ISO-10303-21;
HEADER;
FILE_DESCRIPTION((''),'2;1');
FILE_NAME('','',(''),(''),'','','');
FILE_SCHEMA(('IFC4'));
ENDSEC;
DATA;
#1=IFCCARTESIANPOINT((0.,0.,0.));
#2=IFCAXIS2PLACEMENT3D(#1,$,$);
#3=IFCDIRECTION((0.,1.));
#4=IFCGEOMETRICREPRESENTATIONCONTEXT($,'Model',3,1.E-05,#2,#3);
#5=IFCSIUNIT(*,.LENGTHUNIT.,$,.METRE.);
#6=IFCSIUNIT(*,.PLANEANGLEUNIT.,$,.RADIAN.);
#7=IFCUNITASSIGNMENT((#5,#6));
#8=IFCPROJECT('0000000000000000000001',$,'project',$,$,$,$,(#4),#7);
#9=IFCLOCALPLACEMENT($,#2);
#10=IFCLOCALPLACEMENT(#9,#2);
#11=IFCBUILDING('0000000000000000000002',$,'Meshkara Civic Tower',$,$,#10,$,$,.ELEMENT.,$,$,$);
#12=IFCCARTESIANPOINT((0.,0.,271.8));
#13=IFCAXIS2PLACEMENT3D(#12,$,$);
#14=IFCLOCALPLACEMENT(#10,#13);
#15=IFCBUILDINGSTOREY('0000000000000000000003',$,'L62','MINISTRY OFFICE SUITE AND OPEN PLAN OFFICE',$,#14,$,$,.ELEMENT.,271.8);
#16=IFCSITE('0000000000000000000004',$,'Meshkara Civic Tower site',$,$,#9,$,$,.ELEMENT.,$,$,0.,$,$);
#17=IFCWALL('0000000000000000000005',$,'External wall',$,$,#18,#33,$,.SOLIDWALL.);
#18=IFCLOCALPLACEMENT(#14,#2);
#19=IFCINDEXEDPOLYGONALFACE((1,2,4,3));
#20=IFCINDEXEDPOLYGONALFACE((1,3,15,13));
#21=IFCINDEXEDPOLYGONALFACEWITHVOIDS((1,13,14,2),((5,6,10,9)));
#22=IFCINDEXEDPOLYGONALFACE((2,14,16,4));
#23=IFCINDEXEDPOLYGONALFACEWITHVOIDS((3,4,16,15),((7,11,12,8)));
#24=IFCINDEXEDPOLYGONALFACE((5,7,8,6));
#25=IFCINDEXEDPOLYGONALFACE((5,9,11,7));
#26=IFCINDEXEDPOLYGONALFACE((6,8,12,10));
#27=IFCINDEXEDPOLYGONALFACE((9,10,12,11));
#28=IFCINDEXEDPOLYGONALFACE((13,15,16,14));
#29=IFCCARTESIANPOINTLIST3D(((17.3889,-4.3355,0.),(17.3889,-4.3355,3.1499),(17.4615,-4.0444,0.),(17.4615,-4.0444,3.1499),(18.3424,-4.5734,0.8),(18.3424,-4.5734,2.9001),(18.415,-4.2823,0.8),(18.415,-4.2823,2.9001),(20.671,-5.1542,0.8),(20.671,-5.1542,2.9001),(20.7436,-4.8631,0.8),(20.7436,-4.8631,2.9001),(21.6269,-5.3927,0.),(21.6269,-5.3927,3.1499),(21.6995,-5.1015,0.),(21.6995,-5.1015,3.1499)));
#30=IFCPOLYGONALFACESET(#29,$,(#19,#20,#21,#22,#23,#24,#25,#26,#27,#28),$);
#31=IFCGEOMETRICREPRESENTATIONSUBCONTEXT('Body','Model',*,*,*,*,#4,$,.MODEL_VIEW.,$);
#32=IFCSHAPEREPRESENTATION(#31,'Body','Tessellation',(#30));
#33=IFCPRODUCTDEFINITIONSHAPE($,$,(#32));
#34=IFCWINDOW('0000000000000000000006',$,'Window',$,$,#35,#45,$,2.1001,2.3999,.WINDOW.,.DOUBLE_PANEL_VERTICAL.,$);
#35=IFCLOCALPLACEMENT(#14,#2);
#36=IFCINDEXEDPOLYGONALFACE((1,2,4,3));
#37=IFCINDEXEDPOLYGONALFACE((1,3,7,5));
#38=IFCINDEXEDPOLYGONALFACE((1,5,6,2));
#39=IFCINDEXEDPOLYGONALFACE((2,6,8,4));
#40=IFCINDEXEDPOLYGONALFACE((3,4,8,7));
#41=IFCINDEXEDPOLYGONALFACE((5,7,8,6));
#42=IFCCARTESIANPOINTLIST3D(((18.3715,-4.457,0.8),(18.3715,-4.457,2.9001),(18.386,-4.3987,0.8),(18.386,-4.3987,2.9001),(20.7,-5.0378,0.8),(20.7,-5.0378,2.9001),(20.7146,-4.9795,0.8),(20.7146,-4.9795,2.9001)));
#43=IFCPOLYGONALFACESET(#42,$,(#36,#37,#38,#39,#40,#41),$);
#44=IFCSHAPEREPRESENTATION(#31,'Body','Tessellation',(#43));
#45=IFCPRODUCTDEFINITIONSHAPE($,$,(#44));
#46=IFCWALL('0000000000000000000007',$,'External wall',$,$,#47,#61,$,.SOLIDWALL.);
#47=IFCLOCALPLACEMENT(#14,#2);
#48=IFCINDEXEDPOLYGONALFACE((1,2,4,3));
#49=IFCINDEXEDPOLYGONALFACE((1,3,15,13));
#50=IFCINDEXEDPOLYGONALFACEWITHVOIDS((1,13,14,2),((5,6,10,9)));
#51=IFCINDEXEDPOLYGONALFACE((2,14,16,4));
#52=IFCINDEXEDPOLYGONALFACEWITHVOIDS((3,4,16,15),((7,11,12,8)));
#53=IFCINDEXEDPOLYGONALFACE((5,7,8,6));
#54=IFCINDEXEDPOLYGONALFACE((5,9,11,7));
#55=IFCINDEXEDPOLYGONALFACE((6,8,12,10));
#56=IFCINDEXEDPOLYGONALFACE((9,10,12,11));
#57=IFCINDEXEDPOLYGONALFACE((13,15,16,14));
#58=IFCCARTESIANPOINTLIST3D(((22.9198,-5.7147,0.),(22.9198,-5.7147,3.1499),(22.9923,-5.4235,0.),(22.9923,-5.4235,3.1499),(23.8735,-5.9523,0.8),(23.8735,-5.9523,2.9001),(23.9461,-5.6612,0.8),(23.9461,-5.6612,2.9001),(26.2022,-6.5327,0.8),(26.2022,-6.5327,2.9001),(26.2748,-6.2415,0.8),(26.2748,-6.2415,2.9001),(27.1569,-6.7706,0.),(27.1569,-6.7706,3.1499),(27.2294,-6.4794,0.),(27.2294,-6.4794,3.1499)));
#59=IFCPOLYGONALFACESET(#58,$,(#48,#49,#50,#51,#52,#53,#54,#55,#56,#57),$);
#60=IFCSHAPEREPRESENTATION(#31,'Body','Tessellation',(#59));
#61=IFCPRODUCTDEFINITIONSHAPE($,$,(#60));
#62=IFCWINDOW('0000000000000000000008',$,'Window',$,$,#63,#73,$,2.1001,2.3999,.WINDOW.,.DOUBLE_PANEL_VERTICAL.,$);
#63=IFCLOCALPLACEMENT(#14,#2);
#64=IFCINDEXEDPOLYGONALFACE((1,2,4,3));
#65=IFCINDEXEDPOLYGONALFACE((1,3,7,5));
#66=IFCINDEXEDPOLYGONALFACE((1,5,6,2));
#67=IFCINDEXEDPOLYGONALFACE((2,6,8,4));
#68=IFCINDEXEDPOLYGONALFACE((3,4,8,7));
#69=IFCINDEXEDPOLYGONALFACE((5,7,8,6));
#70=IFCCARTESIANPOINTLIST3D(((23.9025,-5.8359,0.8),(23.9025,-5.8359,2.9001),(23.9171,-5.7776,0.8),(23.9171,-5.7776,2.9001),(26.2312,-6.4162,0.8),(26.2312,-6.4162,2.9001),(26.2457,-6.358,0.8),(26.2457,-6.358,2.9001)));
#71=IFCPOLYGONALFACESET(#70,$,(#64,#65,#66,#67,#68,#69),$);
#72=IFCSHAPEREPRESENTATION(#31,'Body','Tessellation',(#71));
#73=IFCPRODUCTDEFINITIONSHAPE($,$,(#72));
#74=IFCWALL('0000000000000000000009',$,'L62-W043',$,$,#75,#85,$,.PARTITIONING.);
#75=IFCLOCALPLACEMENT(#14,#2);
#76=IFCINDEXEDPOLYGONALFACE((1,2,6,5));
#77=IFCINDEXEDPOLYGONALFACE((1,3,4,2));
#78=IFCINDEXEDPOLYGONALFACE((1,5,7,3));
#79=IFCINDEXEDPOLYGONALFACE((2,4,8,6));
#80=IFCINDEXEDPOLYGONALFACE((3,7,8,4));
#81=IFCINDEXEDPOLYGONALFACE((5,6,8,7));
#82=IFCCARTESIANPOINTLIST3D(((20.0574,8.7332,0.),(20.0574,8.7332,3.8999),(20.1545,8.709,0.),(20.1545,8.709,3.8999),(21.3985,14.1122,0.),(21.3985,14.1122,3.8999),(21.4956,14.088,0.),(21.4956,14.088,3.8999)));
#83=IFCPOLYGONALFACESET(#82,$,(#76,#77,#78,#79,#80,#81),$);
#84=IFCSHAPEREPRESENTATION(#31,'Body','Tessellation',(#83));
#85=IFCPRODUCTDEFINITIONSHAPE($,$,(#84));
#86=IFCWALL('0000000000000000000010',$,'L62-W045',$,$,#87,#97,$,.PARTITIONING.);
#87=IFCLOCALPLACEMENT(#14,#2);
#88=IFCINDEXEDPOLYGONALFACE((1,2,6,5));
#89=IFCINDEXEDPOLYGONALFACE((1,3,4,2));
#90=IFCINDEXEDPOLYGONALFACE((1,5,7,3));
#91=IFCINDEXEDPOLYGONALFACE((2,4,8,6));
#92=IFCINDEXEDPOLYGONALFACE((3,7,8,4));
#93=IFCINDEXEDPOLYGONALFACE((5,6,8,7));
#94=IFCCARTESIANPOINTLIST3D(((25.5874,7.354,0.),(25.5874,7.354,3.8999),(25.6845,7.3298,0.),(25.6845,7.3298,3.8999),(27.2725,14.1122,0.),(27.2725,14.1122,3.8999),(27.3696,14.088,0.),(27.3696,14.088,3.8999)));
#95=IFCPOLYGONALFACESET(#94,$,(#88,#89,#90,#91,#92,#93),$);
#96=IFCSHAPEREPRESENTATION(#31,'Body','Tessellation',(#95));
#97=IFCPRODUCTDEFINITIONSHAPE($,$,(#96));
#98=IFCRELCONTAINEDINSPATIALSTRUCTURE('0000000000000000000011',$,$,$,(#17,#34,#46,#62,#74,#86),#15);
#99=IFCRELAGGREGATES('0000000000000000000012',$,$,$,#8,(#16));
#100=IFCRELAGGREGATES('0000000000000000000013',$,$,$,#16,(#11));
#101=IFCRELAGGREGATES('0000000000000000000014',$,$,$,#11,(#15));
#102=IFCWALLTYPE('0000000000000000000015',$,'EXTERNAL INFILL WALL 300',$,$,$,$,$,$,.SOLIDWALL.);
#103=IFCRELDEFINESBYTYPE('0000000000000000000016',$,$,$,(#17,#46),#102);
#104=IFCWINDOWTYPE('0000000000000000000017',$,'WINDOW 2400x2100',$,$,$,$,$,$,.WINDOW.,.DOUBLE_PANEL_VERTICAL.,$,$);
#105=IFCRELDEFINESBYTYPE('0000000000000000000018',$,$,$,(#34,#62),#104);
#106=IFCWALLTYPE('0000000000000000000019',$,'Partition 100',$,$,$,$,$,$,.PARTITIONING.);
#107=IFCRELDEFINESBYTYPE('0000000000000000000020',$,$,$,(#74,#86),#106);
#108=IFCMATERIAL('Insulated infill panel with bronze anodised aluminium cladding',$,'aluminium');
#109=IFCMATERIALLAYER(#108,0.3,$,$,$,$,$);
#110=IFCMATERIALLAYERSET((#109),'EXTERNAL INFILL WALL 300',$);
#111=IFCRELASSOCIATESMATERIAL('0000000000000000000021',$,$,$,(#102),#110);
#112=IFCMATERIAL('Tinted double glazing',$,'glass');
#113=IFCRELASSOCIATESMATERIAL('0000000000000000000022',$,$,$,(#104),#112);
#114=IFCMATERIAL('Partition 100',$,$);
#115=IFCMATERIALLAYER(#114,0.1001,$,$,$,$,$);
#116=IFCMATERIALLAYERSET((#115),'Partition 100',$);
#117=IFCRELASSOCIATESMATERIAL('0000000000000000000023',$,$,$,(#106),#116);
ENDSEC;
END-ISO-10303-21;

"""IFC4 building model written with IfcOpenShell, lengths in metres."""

from ifc_helpers import new_model, si_unit, direction, frame, frame_2d, origin, place, context, subcontext, project, spatial, rectangle, extrude, material, layer, layer_set, type_object, element, fill, save


model = new_model("IFC4")

# Units and contexts
model_context = context("Model", 3, precision=1e-05, world=origin(), true_north=direction((0.0, 1.0)))
body_context = subcontext(model_context, "Body", "Model", "MODEL_VIEW")
ifc_project = project(units=[si_unit("LENGTHUNIT", "METRE"), si_unit("PLANEANGLEUNIT", "RADIAN")], contexts=[model_context])

# Site, building, storey
site_placement = place(None, origin())
site = spatial("IfcSite", under=ifc_project, at=site_placement, Name="Meshkara Civic Tower site", CompositionType="ELEMENT", RefElevation=0.0)
building_placement = place(site_placement, origin())
building = spatial("IfcBuilding", under=site, at=building_placement, Name="Meshkara Civic Tower", CompositionType="ELEMENT")
storey_placement = place(building_placement, frame((0.0, 0.0, 271.8)))
storey = spatial("IfcBuildingStorey", under=building, at=storey_placement, Name="L62", Description="MINISTRY OFFICE SUITE AND OPEN PLAN OFFICE", CompositionType="ELEMENT", Elevation=271.8)

# Walls, openings, windows
ifc_material_1 = material(Name="Insulated infill panel with bronze anodised aluminium cladding", Category="aluminium")
ifc_layer_1 = layer(ifc_material_1, 0.3)
ifc_layer_set_1 = layer_set([ifc_layer_1], Name="EXTERNAL INFILL WALL 300")
wall_type_1 = type_object("IfcWallType", Name="EXTERNAL INFILL WALL 300", PredefinedType="SOLIDWALL", material=ifc_layer_set_1)
wall_1_placement = place(storey_placement, frame((17.425, -4.1899, 0.0), z_axis=(0.0, 0.0, 1.0), x_axis=(0.970271, -0.242023, 0.0)))
wall_1 = element("IfcWall", 1, at=wall_1_placement, inside=storey, type_object=wall_type_1, Name="External wall", PredefinedType="SOLIDWALL", context=body_context, shape_type="SweptSolid", body=[
    extrude(rectangle(XDim=4.3679, YDim=0.3, at=frame_2d((2.1841, 0.0))), origin(), (0.0, 0.0, 1.0), 3.1499),
])
opening_1_placement = place(wall_1_placement, frame((0.9829, 0.0, 0.8)))
opening_1 = element("IfcOpeningElement", 2, at=opening_1_placement, cuts=wall_1, PredefinedType="OPENING", context=body_context, shape_type="SweptSolid", body=[
    extrude(rectangle(XDim=2.3999, YDim=2.1001, at=frame_2d((1.2, 1.05))), frame((0.0, 0.1599, 0.0), z_axis=(0.0, -1.0, 0.0), x_axis=(1.0, 0.0, 0.0)), (0.0, 0.0, 1.0), 0.3201),
])
ifc_material_2 = material(Name="Tinted double glazing", Category="glass")
window_type = type_object("IfcWindowType", Name="WINDOW 2400x2100", PartitioningType="DOUBLE_PANEL_VERTICAL", PredefinedType="WINDOW", material=ifc_material_2)
window_1_placement = place(opening_1_placement, origin())
window_1 = element("IfcWindow", 3, at=window_1_placement, inside=storey, type_object=window_type, Name="Window", OverallHeight=2.1001, OverallWidth=2.3999, PartitioningType="DOUBLE_PANEL_VERTICAL", PredefinedType="WINDOW", context=body_context, shape_type="SweptSolid", body=[
    extrude(rectangle(XDim=2.3999, YDim=2.1001, at=frame_2d((1.2, 1.05))), frame((0.0, 0.03, 0.0), z_axis=(0.0, -1.0, 0.0), x_axis=(1.0, 0.0, 0.0)), (0.0, 0.0, 1.0), 0.0601),
])
fill(opening_1, window_1)
wall_2_placement = place(storey_placement, frame((22.9561, -5.5691, 0.0), z_axis=(0.0, 0.0, 1.0), x_axis=(0.970323, -0.241812, 0.0)))
wall_2 = element("IfcWall", 4, at=wall_2_placement, inside=storey, type_object=wall_type_1, Name="External wall", PredefinedType="SOLIDWALL", context=body_context, shape_type="SweptSolid", body=[
    extrude(rectangle(XDim=4.3667, YDim=0.3, at=frame_2d((2.1833, 0.0))), origin(), (0.0, 0.0, 1.0), 3.1499),
])
opening_2_placement = place(wall_2_placement, frame((0.9829, 0.0, 0.8)))
opening_2 = element("IfcOpeningElement", 5, at=opening_2_placement, cuts=wall_2, PredefinedType="OPENING", context=body_context, shape_type="SweptSolid", body=[
    extrude(rectangle(XDim=2.3999, YDim=2.1001, at=frame_2d((1.2, 1.05))), frame((0.0, 0.1599, 0.0), z_axis=(0.0, -1.0, 0.0), x_axis=(1.0, 0.0, 0.0)), (0.0, 0.0, 1.0), 0.3201),
])
window_2_placement = place(opening_2_placement, origin())
window_2 = element("IfcWindow", 6, at=window_2_placement, inside=storey, type_object=window_type, Name="Window", OverallHeight=2.1001, OverallWidth=2.3999, PartitioningType="DOUBLE_PANEL_VERTICAL", PredefinedType="WINDOW", context=body_context, shape_type="SweptSolid", body=[
    extrude(rectangle(XDim=2.3999, YDim=2.1001, at=frame_2d((1.2, 1.05))), frame((0.0, 0.03, 0.0), z_axis=(0.0, -1.0, 0.0), x_axis=(1.0, 0.0, 0.0)), (0.0, 0.0, 1.0), 0.0601),
])
fill(opening_2, window_2)

# Walls
ifc_material_3 = material(Name="Partition 100")
ifc_layer_2 = layer(ifc_material_3, 0.1001)
ifc_layer_set_2 = layer_set([ifc_layer_2], Name="Partition 100")
wall_type_2 = type_object("IfcWallType", Name="Partition 100", PredefinedType="PARTITIONING", material=ifc_layer_set_2)
wall_3_placement = place(storey_placement, frame((20.106, 8.7209, 0.0), z_axis=(0.0, 0.0, 1.0), x_axis=(0.241903, 0.9703, 0.0)))
element("IfcWall", 7, at=wall_3_placement, inside=storey, type_object=wall_type_2, Name="L62-W043", PredefinedType="PARTITIONING", context=body_context, shape_type="SweptSolid", body=[
    extrude(rectangle(XDim=5.5437, YDim=0.1001, at=frame_2d((2.772, 0.0))), origin(), (0.0, 0.0, 1.0), 3.8999),
])
wall_4_placement = place(storey_placement, frame((25.636, 7.342, 0.0), z_axis=(0.0, 0.0, 1.0), x_axis=(0.241933, 0.970293, 0.0)))
element("IfcWall", 8, at=wall_4_placement, inside=storey, type_object=wall_type_2, Name="L62-W045", PredefinedType="PARTITIONING", context=body_context, shape_type="SweptSolid", body=[
    extrude(rectangle(XDim=6.9651, YDim=0.1001, at=frame_2d((3.4824, 0.0))), origin(), (0.0, 0.0, 1.0), 3.8999),
])

save(model, "model.ifc")
